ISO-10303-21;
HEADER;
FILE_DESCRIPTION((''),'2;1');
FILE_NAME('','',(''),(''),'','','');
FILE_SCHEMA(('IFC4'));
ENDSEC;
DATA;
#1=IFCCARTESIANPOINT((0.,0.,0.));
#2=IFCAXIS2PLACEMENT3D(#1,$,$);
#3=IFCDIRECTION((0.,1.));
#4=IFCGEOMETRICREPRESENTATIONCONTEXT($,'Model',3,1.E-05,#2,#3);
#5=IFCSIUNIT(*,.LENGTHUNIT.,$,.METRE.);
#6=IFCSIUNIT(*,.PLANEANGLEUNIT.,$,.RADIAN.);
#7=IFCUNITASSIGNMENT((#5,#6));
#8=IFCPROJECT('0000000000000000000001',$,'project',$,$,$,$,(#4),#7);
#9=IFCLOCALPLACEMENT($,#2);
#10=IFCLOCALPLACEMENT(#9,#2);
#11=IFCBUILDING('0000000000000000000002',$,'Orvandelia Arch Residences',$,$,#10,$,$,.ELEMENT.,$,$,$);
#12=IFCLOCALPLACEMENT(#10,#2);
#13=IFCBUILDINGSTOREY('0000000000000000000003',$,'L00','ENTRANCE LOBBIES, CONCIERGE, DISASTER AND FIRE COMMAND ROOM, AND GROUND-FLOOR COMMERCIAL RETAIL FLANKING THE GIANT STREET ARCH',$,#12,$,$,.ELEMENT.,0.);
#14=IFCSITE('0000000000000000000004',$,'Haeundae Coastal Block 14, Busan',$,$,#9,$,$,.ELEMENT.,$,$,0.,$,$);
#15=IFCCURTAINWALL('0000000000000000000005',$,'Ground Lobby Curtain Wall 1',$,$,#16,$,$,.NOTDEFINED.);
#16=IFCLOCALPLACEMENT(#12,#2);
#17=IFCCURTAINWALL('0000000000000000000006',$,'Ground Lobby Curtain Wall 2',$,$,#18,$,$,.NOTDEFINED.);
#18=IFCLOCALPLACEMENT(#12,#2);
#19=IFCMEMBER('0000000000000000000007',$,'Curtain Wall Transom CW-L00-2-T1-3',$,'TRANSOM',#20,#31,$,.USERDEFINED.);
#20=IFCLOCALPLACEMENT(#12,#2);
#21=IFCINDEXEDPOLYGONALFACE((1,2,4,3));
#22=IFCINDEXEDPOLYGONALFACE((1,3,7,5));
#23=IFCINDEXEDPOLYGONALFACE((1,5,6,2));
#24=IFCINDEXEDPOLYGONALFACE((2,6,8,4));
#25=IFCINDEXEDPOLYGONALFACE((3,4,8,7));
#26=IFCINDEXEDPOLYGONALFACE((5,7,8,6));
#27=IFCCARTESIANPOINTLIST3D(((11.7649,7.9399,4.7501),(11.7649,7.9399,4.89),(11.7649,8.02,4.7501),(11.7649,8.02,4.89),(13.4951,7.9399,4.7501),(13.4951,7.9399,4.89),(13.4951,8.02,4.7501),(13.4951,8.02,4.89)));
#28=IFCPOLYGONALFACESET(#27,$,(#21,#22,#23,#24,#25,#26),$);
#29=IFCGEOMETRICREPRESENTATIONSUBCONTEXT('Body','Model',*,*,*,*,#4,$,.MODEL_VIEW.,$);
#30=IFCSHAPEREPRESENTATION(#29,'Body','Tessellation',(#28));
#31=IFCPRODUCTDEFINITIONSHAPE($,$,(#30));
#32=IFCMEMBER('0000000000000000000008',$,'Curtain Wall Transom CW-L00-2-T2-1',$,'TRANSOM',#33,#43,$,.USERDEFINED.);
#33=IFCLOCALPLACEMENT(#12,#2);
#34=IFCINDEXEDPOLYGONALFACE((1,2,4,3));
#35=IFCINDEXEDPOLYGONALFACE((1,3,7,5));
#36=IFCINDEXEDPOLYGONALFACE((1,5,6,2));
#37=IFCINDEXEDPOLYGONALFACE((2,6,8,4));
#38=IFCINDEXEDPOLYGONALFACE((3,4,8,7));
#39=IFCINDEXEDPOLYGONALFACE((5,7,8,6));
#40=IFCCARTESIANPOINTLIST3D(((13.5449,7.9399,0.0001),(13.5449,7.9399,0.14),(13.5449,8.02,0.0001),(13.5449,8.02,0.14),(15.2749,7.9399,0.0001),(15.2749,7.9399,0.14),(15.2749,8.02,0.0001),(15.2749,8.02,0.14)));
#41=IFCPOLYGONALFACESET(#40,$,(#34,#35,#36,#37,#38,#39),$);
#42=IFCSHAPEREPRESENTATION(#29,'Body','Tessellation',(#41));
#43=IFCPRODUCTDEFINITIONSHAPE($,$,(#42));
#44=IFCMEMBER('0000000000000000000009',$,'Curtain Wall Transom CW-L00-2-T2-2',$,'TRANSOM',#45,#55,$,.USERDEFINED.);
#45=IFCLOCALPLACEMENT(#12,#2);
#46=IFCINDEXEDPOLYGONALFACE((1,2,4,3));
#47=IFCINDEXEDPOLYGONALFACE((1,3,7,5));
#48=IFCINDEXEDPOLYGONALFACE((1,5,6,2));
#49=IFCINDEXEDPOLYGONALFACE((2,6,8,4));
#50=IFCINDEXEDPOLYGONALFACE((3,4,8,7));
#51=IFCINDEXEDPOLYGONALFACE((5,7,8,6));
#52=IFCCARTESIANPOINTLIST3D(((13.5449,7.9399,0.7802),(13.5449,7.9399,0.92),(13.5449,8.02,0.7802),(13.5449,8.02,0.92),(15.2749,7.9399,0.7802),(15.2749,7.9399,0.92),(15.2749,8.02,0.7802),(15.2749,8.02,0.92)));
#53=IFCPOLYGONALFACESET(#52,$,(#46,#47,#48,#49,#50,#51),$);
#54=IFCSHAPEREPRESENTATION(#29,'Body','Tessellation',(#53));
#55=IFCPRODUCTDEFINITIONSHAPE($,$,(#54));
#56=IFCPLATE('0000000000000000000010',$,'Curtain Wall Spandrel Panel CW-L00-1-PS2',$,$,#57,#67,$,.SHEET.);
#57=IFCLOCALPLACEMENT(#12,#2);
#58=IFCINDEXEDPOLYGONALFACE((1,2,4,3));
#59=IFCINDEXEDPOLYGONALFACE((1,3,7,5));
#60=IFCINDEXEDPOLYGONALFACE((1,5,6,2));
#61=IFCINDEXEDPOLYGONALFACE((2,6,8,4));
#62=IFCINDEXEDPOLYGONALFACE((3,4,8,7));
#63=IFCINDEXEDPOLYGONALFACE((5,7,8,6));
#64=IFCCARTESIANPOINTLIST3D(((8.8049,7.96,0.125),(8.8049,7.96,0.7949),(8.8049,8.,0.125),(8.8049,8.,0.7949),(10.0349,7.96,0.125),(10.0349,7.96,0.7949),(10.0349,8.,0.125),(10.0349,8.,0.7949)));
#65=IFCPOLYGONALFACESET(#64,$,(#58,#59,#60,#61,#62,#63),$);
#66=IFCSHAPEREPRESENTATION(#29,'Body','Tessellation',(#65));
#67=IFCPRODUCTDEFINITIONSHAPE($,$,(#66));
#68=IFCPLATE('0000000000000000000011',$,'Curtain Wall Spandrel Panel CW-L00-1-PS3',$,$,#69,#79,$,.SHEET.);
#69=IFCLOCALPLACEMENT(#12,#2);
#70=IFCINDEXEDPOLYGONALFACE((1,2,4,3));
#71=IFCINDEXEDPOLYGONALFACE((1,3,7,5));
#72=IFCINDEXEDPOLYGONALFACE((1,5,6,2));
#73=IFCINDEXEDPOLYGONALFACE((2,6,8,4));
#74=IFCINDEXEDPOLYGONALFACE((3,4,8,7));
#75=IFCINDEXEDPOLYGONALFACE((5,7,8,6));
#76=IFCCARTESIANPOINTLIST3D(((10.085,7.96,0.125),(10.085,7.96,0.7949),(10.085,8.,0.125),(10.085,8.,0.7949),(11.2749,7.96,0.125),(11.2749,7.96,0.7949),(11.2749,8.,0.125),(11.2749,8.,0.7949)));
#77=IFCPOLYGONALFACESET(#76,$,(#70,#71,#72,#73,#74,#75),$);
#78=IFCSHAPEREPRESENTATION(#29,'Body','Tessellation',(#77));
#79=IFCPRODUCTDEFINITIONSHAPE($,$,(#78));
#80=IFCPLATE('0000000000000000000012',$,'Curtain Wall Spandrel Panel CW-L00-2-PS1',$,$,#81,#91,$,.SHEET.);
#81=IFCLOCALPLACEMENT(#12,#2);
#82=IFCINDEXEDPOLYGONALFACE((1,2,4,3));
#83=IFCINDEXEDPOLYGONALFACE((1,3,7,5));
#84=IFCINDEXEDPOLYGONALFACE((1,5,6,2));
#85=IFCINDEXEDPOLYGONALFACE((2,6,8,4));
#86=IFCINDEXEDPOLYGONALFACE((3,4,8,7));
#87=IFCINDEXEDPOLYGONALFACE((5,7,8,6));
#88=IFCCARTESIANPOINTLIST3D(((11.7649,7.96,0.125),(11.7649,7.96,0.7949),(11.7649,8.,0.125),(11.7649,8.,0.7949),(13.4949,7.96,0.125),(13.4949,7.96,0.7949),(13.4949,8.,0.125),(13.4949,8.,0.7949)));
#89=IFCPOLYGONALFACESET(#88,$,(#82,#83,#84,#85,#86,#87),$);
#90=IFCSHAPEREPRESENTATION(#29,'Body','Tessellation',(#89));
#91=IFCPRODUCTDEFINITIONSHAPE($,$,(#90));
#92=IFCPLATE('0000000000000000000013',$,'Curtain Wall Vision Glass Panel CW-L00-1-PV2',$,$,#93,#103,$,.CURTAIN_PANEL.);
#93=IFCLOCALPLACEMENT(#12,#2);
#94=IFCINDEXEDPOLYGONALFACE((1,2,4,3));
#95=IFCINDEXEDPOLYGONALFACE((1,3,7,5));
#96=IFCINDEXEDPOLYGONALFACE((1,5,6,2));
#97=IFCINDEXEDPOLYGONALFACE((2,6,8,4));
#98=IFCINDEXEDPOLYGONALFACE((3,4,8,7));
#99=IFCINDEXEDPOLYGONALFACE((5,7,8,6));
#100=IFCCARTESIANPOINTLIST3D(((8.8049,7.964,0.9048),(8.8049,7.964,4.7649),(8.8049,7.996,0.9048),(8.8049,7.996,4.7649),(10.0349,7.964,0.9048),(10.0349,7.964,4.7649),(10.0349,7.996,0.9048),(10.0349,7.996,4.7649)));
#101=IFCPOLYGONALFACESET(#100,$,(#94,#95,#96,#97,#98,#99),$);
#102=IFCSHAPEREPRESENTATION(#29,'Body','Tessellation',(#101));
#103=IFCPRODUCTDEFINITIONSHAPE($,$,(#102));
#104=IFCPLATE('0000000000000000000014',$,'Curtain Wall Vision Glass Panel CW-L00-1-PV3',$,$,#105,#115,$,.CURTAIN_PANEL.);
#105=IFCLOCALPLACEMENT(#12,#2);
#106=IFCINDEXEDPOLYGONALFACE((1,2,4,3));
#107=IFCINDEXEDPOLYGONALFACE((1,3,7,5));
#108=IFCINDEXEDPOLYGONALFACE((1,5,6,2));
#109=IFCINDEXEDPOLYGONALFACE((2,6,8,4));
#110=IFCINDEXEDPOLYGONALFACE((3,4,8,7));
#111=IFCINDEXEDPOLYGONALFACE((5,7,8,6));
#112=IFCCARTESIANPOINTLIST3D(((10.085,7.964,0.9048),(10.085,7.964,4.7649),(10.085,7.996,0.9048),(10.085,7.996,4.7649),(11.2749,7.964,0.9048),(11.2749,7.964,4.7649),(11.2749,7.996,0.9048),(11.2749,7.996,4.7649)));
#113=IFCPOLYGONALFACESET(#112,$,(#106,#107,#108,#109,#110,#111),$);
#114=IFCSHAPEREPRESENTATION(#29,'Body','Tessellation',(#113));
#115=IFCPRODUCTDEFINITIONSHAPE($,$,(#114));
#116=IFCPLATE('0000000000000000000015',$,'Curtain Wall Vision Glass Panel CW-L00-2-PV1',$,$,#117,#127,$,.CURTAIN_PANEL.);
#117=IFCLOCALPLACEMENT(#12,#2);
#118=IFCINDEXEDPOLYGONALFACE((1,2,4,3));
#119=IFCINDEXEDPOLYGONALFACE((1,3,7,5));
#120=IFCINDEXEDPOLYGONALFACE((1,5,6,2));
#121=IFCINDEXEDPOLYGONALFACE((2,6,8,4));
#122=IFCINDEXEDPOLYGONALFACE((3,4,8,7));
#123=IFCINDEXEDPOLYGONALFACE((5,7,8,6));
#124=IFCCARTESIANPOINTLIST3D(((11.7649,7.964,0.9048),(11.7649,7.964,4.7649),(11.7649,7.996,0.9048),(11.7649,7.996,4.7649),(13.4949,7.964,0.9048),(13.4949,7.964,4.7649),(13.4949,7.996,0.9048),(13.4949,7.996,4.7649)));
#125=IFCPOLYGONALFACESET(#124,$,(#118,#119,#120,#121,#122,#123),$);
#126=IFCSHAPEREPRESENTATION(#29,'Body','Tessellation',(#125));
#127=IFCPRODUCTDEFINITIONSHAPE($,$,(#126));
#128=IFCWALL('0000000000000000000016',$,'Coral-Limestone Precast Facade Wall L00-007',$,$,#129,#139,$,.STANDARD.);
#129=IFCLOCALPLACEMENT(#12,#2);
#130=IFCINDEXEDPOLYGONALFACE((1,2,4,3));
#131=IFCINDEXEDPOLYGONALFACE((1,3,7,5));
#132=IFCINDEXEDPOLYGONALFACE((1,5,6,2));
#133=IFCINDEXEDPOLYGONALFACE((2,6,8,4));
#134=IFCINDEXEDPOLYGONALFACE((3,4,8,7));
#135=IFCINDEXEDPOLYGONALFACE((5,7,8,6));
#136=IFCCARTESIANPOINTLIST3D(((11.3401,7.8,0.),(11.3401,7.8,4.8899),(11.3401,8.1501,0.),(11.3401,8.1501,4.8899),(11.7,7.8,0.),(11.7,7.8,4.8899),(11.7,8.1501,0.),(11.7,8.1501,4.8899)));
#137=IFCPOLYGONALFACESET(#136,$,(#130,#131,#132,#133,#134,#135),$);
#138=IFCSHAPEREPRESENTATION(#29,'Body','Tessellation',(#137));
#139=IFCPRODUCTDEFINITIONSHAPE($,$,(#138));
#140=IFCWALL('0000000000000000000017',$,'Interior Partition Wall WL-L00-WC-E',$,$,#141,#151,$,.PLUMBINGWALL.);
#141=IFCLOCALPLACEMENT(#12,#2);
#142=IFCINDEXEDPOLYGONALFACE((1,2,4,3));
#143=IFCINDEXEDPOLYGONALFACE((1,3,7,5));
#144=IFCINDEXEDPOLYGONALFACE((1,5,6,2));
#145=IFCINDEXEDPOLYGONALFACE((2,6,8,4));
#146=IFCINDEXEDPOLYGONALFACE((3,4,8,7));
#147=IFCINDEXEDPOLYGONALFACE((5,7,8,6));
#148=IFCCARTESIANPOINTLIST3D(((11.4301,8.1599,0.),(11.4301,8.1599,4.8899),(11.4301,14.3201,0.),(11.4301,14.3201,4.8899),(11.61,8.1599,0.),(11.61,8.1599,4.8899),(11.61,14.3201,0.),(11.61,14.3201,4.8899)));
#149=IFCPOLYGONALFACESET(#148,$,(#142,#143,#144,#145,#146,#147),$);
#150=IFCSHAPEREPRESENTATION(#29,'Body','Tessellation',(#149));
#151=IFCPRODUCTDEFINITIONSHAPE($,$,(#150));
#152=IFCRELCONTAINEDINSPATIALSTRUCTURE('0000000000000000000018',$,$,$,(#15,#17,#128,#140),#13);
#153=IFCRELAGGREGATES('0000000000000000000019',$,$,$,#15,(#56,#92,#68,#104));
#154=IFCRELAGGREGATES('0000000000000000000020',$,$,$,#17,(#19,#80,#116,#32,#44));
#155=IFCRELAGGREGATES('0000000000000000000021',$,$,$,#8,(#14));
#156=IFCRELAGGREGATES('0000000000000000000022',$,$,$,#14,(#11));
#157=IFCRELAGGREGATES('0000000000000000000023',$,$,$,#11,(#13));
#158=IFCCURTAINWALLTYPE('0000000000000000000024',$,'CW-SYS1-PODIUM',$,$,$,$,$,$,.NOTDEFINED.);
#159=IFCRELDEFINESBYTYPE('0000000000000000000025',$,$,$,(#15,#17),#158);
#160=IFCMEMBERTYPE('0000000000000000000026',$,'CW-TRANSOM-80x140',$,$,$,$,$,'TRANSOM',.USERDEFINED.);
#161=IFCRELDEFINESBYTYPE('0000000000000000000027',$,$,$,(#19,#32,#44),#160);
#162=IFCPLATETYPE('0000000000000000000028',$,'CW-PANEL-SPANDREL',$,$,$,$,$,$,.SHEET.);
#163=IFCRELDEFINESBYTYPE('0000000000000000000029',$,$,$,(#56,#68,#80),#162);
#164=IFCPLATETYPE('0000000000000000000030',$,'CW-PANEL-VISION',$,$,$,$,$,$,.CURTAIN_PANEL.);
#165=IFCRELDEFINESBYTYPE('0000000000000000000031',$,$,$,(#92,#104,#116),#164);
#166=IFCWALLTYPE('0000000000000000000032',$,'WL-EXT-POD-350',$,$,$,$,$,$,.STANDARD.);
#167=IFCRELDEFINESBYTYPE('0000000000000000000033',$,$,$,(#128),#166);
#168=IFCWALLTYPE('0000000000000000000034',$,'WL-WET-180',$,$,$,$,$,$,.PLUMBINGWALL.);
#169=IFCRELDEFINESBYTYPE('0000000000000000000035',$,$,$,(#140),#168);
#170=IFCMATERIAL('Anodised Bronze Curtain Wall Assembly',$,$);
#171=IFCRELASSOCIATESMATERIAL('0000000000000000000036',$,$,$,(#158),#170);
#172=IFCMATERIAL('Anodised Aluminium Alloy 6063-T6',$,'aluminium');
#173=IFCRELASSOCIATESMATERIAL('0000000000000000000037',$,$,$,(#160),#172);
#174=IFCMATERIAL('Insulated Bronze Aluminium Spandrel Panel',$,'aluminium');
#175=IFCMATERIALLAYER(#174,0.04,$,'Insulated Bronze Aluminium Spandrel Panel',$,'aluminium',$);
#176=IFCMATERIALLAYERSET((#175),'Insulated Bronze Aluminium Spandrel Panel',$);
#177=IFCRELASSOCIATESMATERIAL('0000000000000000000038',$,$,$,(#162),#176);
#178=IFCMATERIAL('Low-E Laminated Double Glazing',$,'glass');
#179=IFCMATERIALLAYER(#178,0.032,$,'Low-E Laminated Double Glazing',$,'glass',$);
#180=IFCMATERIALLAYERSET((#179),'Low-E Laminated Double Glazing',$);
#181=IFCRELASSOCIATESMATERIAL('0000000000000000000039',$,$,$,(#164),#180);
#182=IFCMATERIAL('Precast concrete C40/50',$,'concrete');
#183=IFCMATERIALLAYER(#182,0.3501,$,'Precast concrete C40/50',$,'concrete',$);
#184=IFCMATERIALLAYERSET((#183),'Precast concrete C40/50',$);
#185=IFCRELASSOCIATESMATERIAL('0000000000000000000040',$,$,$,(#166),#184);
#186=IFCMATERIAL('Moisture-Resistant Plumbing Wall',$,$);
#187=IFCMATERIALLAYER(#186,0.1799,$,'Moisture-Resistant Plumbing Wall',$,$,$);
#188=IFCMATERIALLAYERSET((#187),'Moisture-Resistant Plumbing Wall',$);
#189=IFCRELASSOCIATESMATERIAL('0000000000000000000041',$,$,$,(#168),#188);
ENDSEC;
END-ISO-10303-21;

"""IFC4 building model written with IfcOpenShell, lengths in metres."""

from ifc_helpers import new_model, si_unit, direction, frame, frame_2d, origin, origin_2d, place, context, subcontext, project, spatial, rectangle, extrude, material, layer, layer_set, material_profile, profile_set, type_object, element, aggregate, save


model = new_model("IFC4")

# Units and contexts
model_context = context("Model", 3, precision=1e-05, world=origin(), true_north=direction((0.0, 1.0)))
body_context = subcontext(model_context, "Body", "Model", "MODEL_VIEW")
ifc_project = project(units=[si_unit("LENGTHUNIT", "METRE"), si_unit("PLANEANGLEUNIT", "RADIAN")], contexts=[model_context])

# Site, building, storey
site_placement = place(None, origin())
site = spatial("IfcSite", under=ifc_project, at=site_placement, Name="Haeundae Coastal Block 14, Busan", CompositionType="ELEMENT", RefElevation=0.0)
building_placement = place(site_placement, origin())
building = spatial("IfcBuilding", under=site, at=building_placement, Name="Orvandelia Arch Residences", CompositionType="ELEMENT")
storey_placement = place(building_placement, origin())
storey = spatial("IfcBuildingStorey", under=building, at=storey_placement, Name="L00", Description="ENTRANCE LOBBIES, CONCIERGE, DISASTER AND FIRE COMMAND ROOM, AND GROUND-FLOOR COMMERCIAL RETAIL FLANKING THE GIANT STREET ARCH", CompositionType="ELEMENT", Elevation=0.0)

# Curtain walls
ifc_material_1 = material(Name="Anodised Bronze Curtain Wall Assembly")
curtain_wall_type = type_object("IfcCurtainWallType", Name="CW-SYS1-PODIUM", PredefinedType="NOTDEFINED", material=ifc_material_1)
curtain_wall_1_placement = place(storey_placement, origin())
curtain_wall_1 = element("IfcCurtainWall", 1, at=curtain_wall_1_placement, inside=storey, type_object=curtain_wall_type, Name="Ground Lobby Curtain Wall 1", PredefinedType="NOTDEFINED")
ifc_material_2 = material(Name="Anodised Aluminium Alloy 6063-T6", Category="aluminium")
curtain_wall_2_placement = place(storey_placement, origin())
curtain_wall_2 = element("IfcCurtainWall", 2, at=curtain_wall_2_placement, inside=storey, type_object=curtain_wall_type, Name="Ground Lobby Curtain Wall 2", PredefinedType="NOTDEFINED")

# Members
ifc_material_profile_1 = material_profile(ifc_material_2, rectangle(XDim=0.0801, YDim=0.1399, at=origin_2d()), Name="Anodised Aluminium Alloy 6063-T6", Category="aluminium")
ifc_profile_set_1 = profile_set([ifc_material_profile_1], Name="Anodised Aluminium Alloy 6063-T6")
member_type_1 = type_object("IfcMemberType", Name="CW-TRANSOM-80x140", ElementType="TRANSOM", PredefinedType="USERDEFINED", material=ifc_profile_set_1)
member_1_placement = place(storey_placement, frame((11.7649, 7.98, 4.8201), z_axis=(1.0, 0.0, 0.0), x_axis=(0.0, 1.0, 0.0)))
member_1 = element("IfcMember", 3, at=member_1_placement, type_object=member_type_1, Name="Curtain Wall Transom CW-L00-2-T1-3", ObjectType="TRANSOM", PredefinedType="USERDEFINED", context=body_context, shape_type="SweptSolid", body=[
    extrude(rectangle(XDim=0.0801, YDim=0.1399, at=origin_2d()), origin(), (0.0, 0.0, 1.0), 1.7302),
])
member_2_placement = place(storey_placement, frame((13.5449, 7.98, 0.0701), z_axis=(1.0, 0.0, 0.0), x_axis=(0.0, 1.0, 0.0)))
member_2 = element("IfcMember", 4, at=member_2_placement, type_object=member_type_1, Name="Curtain Wall Transom CW-L00-2-T2-1", ObjectType="TRANSOM", PredefinedType="USERDEFINED", context=body_context, shape_type="SweptSolid", body=[
    extrude(rectangle(XDim=0.0801, YDim=0.1399, at=origin_2d()), origin(), (0.0, 0.0, 1.0), 1.73),
])
member_3_placement = place(storey_placement, frame((13.5449, 7.98, 0.8501), z_axis=(1.0, 0.0, 0.0), x_axis=(0.0, 1.0, 0.0)))
member_3 = element("IfcMember", 5, at=member_3_placement, type_object=member_type_1, Name="Curtain Wall Transom CW-L00-2-T2-2", ObjectType="TRANSOM", PredefinedType="USERDEFINED", context=body_context, shape_type="SweptSolid", body=[
    extrude(rectangle(XDim=0.0801, YDim=0.1399, at=origin_2d()), origin(), (0.0, 0.0, 1.0), 1.73),
])

# Plates
ifc_material_3 = material(Name="Insulated Bronze Aluminium Spandrel Panel", Category="aluminium")
ifc_layer_1 = layer(ifc_material_3, 0.04, Name="Insulated Bronze Aluminium Spandrel Panel", Category="aluminium")
ifc_layer_set_1 = layer_set([ifc_layer_1], Name="Insulated Bronze Aluminium Spandrel Panel")
plate_type_1 = type_object("IfcPlateType", Name="CW-PANEL-SPANDREL", PredefinedType="SHEET", material=ifc_layer_set_1)
plate_1_placement = place(storey_placement, frame((9.4199, 7.98, 0.125), z_axis=(0.0, 0.0, 1.0), x_axis=(1.0, 0.0, 0.0)))
plate_1 = element("IfcPlate", 6, at=plate_1_placement, type_object=plate_type_1, Name="Curtain Wall Spandrel Panel CW-L00-1-PS2", PredefinedType="SHEET", context=body_context, shape_type="SweptSolid", body=[
    extrude(rectangle(XDim=1.23, YDim=0.04, at=origin_2d()), origin(), (0.0, 0.0, 1.0), 0.6699),
])
plate_2_placement = place(storey_placement, frame((10.6799, 7.98, 0.125), z_axis=(0.0, 0.0, 1.0), x_axis=(1.0, 0.0, 0.0)))
plate_2 = element("IfcPlate", 7, at=plate_2_placement, type_object=plate_type_1, Name="Curtain Wall Spandrel Panel CW-L00-1-PS3", PredefinedType="SHEET", context=body_context, shape_type="SweptSolid", body=[
    extrude(rectangle(XDim=1.1899, YDim=0.04, at=origin_2d()), origin(), (0.0, 0.0, 1.0), 0.6699),
])
plate_3_placement = place(storey_placement, frame((12.6299, 7.98, 0.125), z_axis=(0.0, 0.0, 1.0), x_axis=(1.0, 0.0, 0.0)))
plate_3 = element("IfcPlate", 8, at=plate_3_placement, type_object=plate_type_1, Name="Curtain Wall Spandrel Panel CW-L00-2-PS1", PredefinedType="SHEET", context=body_context, shape_type="SweptSolid", body=[
    extrude(rectangle(XDim=1.73, YDim=0.04, at=origin_2d()), origin(), (0.0, 0.0, 1.0), 0.6699),
])
ifc_material_4 = material(Name="Low-E Laminated Double Glazing", Category="glass")
ifc_layer_2 = layer(ifc_material_4, 0.032, Name="Low-E Laminated Double Glazing", Category="glass")
ifc_layer_set_2 = layer_set([ifc_layer_2], Name="Low-E Laminated Double Glazing")
plate_type_2 = type_object("IfcPlateType", Name="CW-PANEL-VISION", PredefinedType="CURTAIN_PANEL", material=ifc_layer_set_2)
plate_4_placement = place(storey_placement, frame((9.4199, 7.98, 0.9048), z_axis=(0.0, 0.0, 1.0), x_axis=(1.0, 0.0, 0.0)))
plate_4 = element("IfcPlate", 9, at=plate_4_placement, type_object=plate_type_2, Name="Curtain Wall Vision Glass Panel CW-L00-1-PV2", PredefinedType="CURTAIN_PANEL", context=body_context, shape_type="SweptSolid", body=[
    extrude(rectangle(XDim=1.23, YDim=0.032, at=origin_2d()), origin(), (0.0, 0.0, 1.0), 3.8601),
])
plate_5_placement = place(storey_placement, frame((10.6799, 7.98, 0.9048), z_axis=(0.0, 0.0, 1.0), x_axis=(1.0, 0.0, 0.0)))
plate_5 = element("IfcPlate", 10, at=plate_5_placement, type_object=plate_type_2, Name="Curtain Wall Vision Glass Panel CW-L00-1-PV3", PredefinedType="CURTAIN_PANEL", context=body_context, shape_type="SweptSolid", body=[
    extrude(rectangle(XDim=1.1899, YDim=0.032, at=origin_2d()), origin(), (0.0, 0.0, 1.0), 3.8601),
])
aggregate(curtain_wall_1, [plate_1, plate_4, plate_2, plate_5])
plate_6_placement = place(storey_placement, frame((12.6299, 7.98, 0.9048), z_axis=(0.0, 0.0, 1.0), x_axis=(1.0, 0.0, 0.0)))
plate_6 = element("IfcPlate", 11, at=plate_6_placement, type_object=plate_type_2, Name="Curtain Wall Vision Glass Panel CW-L00-2-PV1", PredefinedType="CURTAIN_PANEL", context=body_context, shape_type="SweptSolid", body=[
    extrude(rectangle(XDim=1.73, YDim=0.032, at=origin_2d()), origin(), (0.0, 0.0, 1.0), 3.8601),
])
aggregate(curtain_wall_2, [member_1, plate_3, plate_6, member_2, member_3])

# Walls
ifc_material_5 = material(Name="Precast concrete C40/50", Category="concrete")
ifc_layer_3 = layer(ifc_material_5, 0.3501, Name="Precast concrete C40/50", Category="concrete")
ifc_layer_set_3 = layer_set([ifc_layer_3], Name="Precast concrete C40/50")
wall_type_1 = type_object("IfcWallType", Name="WL-EXT-POD-350", PredefinedType="STANDARD", material=ifc_layer_set_3)
wall_1_placement = place(storey_placement, frame((11.7, 7.9751, 0.0), z_axis=(0.0, 0.0, 1.0), x_axis=(-1.0, 0.0, 0.0)))
element("IfcWall", 12, at=wall_1_placement, inside=storey, type_object=wall_type_1, Name="Coral-Limestone Precast Facade Wall L00-007", PredefinedType="STANDARD", context=body_context, shape_type="SweptSolid", body=[
    extrude(rectangle(XDim=0.3599, YDim=0.3501, at=frame_2d((0.1799, 0.0))), origin(), (0.0, 0.0, 1.0), 4.8899),
])
ifc_material_6 = material(Name="Moisture-Resistant Plumbing Wall")
ifc_layer_4 = layer(ifc_material_6, 0.1799, Name="Moisture-Resistant Plumbing Wall")
ifc_layer_set_4 = layer_set([ifc_layer_4], Name="Moisture-Resistant Plumbing Wall")
wall_type_2 = type_object("IfcWallType", Name="WL-WET-180", PredefinedType="PLUMBINGWALL", material=ifc_layer_set_4)
wall_2_placement = place(storey_placement, frame((11.52, 8.1599, 0.0), z_axis=(0.0, 0.0, 1.0), x_axis=(0.0, 1.0, 0.0)))
element("IfcWall", 13, at=wall_2_placement, inside=storey, type_object=wall_type_2, Name="Interior Partition Wall WL-L00-WC-E", PredefinedType="PLUMBINGWALL", context=body_context, shape_type="SweptSolid", body=[
    extrude(rectangle(XDim=6.1602, YDim=0.1799, at=frame_2d((3.0801, 0.0))), origin(), (0.0, 0.0, 1.0), 4.8899),
])

save(model, "model.ifc")
